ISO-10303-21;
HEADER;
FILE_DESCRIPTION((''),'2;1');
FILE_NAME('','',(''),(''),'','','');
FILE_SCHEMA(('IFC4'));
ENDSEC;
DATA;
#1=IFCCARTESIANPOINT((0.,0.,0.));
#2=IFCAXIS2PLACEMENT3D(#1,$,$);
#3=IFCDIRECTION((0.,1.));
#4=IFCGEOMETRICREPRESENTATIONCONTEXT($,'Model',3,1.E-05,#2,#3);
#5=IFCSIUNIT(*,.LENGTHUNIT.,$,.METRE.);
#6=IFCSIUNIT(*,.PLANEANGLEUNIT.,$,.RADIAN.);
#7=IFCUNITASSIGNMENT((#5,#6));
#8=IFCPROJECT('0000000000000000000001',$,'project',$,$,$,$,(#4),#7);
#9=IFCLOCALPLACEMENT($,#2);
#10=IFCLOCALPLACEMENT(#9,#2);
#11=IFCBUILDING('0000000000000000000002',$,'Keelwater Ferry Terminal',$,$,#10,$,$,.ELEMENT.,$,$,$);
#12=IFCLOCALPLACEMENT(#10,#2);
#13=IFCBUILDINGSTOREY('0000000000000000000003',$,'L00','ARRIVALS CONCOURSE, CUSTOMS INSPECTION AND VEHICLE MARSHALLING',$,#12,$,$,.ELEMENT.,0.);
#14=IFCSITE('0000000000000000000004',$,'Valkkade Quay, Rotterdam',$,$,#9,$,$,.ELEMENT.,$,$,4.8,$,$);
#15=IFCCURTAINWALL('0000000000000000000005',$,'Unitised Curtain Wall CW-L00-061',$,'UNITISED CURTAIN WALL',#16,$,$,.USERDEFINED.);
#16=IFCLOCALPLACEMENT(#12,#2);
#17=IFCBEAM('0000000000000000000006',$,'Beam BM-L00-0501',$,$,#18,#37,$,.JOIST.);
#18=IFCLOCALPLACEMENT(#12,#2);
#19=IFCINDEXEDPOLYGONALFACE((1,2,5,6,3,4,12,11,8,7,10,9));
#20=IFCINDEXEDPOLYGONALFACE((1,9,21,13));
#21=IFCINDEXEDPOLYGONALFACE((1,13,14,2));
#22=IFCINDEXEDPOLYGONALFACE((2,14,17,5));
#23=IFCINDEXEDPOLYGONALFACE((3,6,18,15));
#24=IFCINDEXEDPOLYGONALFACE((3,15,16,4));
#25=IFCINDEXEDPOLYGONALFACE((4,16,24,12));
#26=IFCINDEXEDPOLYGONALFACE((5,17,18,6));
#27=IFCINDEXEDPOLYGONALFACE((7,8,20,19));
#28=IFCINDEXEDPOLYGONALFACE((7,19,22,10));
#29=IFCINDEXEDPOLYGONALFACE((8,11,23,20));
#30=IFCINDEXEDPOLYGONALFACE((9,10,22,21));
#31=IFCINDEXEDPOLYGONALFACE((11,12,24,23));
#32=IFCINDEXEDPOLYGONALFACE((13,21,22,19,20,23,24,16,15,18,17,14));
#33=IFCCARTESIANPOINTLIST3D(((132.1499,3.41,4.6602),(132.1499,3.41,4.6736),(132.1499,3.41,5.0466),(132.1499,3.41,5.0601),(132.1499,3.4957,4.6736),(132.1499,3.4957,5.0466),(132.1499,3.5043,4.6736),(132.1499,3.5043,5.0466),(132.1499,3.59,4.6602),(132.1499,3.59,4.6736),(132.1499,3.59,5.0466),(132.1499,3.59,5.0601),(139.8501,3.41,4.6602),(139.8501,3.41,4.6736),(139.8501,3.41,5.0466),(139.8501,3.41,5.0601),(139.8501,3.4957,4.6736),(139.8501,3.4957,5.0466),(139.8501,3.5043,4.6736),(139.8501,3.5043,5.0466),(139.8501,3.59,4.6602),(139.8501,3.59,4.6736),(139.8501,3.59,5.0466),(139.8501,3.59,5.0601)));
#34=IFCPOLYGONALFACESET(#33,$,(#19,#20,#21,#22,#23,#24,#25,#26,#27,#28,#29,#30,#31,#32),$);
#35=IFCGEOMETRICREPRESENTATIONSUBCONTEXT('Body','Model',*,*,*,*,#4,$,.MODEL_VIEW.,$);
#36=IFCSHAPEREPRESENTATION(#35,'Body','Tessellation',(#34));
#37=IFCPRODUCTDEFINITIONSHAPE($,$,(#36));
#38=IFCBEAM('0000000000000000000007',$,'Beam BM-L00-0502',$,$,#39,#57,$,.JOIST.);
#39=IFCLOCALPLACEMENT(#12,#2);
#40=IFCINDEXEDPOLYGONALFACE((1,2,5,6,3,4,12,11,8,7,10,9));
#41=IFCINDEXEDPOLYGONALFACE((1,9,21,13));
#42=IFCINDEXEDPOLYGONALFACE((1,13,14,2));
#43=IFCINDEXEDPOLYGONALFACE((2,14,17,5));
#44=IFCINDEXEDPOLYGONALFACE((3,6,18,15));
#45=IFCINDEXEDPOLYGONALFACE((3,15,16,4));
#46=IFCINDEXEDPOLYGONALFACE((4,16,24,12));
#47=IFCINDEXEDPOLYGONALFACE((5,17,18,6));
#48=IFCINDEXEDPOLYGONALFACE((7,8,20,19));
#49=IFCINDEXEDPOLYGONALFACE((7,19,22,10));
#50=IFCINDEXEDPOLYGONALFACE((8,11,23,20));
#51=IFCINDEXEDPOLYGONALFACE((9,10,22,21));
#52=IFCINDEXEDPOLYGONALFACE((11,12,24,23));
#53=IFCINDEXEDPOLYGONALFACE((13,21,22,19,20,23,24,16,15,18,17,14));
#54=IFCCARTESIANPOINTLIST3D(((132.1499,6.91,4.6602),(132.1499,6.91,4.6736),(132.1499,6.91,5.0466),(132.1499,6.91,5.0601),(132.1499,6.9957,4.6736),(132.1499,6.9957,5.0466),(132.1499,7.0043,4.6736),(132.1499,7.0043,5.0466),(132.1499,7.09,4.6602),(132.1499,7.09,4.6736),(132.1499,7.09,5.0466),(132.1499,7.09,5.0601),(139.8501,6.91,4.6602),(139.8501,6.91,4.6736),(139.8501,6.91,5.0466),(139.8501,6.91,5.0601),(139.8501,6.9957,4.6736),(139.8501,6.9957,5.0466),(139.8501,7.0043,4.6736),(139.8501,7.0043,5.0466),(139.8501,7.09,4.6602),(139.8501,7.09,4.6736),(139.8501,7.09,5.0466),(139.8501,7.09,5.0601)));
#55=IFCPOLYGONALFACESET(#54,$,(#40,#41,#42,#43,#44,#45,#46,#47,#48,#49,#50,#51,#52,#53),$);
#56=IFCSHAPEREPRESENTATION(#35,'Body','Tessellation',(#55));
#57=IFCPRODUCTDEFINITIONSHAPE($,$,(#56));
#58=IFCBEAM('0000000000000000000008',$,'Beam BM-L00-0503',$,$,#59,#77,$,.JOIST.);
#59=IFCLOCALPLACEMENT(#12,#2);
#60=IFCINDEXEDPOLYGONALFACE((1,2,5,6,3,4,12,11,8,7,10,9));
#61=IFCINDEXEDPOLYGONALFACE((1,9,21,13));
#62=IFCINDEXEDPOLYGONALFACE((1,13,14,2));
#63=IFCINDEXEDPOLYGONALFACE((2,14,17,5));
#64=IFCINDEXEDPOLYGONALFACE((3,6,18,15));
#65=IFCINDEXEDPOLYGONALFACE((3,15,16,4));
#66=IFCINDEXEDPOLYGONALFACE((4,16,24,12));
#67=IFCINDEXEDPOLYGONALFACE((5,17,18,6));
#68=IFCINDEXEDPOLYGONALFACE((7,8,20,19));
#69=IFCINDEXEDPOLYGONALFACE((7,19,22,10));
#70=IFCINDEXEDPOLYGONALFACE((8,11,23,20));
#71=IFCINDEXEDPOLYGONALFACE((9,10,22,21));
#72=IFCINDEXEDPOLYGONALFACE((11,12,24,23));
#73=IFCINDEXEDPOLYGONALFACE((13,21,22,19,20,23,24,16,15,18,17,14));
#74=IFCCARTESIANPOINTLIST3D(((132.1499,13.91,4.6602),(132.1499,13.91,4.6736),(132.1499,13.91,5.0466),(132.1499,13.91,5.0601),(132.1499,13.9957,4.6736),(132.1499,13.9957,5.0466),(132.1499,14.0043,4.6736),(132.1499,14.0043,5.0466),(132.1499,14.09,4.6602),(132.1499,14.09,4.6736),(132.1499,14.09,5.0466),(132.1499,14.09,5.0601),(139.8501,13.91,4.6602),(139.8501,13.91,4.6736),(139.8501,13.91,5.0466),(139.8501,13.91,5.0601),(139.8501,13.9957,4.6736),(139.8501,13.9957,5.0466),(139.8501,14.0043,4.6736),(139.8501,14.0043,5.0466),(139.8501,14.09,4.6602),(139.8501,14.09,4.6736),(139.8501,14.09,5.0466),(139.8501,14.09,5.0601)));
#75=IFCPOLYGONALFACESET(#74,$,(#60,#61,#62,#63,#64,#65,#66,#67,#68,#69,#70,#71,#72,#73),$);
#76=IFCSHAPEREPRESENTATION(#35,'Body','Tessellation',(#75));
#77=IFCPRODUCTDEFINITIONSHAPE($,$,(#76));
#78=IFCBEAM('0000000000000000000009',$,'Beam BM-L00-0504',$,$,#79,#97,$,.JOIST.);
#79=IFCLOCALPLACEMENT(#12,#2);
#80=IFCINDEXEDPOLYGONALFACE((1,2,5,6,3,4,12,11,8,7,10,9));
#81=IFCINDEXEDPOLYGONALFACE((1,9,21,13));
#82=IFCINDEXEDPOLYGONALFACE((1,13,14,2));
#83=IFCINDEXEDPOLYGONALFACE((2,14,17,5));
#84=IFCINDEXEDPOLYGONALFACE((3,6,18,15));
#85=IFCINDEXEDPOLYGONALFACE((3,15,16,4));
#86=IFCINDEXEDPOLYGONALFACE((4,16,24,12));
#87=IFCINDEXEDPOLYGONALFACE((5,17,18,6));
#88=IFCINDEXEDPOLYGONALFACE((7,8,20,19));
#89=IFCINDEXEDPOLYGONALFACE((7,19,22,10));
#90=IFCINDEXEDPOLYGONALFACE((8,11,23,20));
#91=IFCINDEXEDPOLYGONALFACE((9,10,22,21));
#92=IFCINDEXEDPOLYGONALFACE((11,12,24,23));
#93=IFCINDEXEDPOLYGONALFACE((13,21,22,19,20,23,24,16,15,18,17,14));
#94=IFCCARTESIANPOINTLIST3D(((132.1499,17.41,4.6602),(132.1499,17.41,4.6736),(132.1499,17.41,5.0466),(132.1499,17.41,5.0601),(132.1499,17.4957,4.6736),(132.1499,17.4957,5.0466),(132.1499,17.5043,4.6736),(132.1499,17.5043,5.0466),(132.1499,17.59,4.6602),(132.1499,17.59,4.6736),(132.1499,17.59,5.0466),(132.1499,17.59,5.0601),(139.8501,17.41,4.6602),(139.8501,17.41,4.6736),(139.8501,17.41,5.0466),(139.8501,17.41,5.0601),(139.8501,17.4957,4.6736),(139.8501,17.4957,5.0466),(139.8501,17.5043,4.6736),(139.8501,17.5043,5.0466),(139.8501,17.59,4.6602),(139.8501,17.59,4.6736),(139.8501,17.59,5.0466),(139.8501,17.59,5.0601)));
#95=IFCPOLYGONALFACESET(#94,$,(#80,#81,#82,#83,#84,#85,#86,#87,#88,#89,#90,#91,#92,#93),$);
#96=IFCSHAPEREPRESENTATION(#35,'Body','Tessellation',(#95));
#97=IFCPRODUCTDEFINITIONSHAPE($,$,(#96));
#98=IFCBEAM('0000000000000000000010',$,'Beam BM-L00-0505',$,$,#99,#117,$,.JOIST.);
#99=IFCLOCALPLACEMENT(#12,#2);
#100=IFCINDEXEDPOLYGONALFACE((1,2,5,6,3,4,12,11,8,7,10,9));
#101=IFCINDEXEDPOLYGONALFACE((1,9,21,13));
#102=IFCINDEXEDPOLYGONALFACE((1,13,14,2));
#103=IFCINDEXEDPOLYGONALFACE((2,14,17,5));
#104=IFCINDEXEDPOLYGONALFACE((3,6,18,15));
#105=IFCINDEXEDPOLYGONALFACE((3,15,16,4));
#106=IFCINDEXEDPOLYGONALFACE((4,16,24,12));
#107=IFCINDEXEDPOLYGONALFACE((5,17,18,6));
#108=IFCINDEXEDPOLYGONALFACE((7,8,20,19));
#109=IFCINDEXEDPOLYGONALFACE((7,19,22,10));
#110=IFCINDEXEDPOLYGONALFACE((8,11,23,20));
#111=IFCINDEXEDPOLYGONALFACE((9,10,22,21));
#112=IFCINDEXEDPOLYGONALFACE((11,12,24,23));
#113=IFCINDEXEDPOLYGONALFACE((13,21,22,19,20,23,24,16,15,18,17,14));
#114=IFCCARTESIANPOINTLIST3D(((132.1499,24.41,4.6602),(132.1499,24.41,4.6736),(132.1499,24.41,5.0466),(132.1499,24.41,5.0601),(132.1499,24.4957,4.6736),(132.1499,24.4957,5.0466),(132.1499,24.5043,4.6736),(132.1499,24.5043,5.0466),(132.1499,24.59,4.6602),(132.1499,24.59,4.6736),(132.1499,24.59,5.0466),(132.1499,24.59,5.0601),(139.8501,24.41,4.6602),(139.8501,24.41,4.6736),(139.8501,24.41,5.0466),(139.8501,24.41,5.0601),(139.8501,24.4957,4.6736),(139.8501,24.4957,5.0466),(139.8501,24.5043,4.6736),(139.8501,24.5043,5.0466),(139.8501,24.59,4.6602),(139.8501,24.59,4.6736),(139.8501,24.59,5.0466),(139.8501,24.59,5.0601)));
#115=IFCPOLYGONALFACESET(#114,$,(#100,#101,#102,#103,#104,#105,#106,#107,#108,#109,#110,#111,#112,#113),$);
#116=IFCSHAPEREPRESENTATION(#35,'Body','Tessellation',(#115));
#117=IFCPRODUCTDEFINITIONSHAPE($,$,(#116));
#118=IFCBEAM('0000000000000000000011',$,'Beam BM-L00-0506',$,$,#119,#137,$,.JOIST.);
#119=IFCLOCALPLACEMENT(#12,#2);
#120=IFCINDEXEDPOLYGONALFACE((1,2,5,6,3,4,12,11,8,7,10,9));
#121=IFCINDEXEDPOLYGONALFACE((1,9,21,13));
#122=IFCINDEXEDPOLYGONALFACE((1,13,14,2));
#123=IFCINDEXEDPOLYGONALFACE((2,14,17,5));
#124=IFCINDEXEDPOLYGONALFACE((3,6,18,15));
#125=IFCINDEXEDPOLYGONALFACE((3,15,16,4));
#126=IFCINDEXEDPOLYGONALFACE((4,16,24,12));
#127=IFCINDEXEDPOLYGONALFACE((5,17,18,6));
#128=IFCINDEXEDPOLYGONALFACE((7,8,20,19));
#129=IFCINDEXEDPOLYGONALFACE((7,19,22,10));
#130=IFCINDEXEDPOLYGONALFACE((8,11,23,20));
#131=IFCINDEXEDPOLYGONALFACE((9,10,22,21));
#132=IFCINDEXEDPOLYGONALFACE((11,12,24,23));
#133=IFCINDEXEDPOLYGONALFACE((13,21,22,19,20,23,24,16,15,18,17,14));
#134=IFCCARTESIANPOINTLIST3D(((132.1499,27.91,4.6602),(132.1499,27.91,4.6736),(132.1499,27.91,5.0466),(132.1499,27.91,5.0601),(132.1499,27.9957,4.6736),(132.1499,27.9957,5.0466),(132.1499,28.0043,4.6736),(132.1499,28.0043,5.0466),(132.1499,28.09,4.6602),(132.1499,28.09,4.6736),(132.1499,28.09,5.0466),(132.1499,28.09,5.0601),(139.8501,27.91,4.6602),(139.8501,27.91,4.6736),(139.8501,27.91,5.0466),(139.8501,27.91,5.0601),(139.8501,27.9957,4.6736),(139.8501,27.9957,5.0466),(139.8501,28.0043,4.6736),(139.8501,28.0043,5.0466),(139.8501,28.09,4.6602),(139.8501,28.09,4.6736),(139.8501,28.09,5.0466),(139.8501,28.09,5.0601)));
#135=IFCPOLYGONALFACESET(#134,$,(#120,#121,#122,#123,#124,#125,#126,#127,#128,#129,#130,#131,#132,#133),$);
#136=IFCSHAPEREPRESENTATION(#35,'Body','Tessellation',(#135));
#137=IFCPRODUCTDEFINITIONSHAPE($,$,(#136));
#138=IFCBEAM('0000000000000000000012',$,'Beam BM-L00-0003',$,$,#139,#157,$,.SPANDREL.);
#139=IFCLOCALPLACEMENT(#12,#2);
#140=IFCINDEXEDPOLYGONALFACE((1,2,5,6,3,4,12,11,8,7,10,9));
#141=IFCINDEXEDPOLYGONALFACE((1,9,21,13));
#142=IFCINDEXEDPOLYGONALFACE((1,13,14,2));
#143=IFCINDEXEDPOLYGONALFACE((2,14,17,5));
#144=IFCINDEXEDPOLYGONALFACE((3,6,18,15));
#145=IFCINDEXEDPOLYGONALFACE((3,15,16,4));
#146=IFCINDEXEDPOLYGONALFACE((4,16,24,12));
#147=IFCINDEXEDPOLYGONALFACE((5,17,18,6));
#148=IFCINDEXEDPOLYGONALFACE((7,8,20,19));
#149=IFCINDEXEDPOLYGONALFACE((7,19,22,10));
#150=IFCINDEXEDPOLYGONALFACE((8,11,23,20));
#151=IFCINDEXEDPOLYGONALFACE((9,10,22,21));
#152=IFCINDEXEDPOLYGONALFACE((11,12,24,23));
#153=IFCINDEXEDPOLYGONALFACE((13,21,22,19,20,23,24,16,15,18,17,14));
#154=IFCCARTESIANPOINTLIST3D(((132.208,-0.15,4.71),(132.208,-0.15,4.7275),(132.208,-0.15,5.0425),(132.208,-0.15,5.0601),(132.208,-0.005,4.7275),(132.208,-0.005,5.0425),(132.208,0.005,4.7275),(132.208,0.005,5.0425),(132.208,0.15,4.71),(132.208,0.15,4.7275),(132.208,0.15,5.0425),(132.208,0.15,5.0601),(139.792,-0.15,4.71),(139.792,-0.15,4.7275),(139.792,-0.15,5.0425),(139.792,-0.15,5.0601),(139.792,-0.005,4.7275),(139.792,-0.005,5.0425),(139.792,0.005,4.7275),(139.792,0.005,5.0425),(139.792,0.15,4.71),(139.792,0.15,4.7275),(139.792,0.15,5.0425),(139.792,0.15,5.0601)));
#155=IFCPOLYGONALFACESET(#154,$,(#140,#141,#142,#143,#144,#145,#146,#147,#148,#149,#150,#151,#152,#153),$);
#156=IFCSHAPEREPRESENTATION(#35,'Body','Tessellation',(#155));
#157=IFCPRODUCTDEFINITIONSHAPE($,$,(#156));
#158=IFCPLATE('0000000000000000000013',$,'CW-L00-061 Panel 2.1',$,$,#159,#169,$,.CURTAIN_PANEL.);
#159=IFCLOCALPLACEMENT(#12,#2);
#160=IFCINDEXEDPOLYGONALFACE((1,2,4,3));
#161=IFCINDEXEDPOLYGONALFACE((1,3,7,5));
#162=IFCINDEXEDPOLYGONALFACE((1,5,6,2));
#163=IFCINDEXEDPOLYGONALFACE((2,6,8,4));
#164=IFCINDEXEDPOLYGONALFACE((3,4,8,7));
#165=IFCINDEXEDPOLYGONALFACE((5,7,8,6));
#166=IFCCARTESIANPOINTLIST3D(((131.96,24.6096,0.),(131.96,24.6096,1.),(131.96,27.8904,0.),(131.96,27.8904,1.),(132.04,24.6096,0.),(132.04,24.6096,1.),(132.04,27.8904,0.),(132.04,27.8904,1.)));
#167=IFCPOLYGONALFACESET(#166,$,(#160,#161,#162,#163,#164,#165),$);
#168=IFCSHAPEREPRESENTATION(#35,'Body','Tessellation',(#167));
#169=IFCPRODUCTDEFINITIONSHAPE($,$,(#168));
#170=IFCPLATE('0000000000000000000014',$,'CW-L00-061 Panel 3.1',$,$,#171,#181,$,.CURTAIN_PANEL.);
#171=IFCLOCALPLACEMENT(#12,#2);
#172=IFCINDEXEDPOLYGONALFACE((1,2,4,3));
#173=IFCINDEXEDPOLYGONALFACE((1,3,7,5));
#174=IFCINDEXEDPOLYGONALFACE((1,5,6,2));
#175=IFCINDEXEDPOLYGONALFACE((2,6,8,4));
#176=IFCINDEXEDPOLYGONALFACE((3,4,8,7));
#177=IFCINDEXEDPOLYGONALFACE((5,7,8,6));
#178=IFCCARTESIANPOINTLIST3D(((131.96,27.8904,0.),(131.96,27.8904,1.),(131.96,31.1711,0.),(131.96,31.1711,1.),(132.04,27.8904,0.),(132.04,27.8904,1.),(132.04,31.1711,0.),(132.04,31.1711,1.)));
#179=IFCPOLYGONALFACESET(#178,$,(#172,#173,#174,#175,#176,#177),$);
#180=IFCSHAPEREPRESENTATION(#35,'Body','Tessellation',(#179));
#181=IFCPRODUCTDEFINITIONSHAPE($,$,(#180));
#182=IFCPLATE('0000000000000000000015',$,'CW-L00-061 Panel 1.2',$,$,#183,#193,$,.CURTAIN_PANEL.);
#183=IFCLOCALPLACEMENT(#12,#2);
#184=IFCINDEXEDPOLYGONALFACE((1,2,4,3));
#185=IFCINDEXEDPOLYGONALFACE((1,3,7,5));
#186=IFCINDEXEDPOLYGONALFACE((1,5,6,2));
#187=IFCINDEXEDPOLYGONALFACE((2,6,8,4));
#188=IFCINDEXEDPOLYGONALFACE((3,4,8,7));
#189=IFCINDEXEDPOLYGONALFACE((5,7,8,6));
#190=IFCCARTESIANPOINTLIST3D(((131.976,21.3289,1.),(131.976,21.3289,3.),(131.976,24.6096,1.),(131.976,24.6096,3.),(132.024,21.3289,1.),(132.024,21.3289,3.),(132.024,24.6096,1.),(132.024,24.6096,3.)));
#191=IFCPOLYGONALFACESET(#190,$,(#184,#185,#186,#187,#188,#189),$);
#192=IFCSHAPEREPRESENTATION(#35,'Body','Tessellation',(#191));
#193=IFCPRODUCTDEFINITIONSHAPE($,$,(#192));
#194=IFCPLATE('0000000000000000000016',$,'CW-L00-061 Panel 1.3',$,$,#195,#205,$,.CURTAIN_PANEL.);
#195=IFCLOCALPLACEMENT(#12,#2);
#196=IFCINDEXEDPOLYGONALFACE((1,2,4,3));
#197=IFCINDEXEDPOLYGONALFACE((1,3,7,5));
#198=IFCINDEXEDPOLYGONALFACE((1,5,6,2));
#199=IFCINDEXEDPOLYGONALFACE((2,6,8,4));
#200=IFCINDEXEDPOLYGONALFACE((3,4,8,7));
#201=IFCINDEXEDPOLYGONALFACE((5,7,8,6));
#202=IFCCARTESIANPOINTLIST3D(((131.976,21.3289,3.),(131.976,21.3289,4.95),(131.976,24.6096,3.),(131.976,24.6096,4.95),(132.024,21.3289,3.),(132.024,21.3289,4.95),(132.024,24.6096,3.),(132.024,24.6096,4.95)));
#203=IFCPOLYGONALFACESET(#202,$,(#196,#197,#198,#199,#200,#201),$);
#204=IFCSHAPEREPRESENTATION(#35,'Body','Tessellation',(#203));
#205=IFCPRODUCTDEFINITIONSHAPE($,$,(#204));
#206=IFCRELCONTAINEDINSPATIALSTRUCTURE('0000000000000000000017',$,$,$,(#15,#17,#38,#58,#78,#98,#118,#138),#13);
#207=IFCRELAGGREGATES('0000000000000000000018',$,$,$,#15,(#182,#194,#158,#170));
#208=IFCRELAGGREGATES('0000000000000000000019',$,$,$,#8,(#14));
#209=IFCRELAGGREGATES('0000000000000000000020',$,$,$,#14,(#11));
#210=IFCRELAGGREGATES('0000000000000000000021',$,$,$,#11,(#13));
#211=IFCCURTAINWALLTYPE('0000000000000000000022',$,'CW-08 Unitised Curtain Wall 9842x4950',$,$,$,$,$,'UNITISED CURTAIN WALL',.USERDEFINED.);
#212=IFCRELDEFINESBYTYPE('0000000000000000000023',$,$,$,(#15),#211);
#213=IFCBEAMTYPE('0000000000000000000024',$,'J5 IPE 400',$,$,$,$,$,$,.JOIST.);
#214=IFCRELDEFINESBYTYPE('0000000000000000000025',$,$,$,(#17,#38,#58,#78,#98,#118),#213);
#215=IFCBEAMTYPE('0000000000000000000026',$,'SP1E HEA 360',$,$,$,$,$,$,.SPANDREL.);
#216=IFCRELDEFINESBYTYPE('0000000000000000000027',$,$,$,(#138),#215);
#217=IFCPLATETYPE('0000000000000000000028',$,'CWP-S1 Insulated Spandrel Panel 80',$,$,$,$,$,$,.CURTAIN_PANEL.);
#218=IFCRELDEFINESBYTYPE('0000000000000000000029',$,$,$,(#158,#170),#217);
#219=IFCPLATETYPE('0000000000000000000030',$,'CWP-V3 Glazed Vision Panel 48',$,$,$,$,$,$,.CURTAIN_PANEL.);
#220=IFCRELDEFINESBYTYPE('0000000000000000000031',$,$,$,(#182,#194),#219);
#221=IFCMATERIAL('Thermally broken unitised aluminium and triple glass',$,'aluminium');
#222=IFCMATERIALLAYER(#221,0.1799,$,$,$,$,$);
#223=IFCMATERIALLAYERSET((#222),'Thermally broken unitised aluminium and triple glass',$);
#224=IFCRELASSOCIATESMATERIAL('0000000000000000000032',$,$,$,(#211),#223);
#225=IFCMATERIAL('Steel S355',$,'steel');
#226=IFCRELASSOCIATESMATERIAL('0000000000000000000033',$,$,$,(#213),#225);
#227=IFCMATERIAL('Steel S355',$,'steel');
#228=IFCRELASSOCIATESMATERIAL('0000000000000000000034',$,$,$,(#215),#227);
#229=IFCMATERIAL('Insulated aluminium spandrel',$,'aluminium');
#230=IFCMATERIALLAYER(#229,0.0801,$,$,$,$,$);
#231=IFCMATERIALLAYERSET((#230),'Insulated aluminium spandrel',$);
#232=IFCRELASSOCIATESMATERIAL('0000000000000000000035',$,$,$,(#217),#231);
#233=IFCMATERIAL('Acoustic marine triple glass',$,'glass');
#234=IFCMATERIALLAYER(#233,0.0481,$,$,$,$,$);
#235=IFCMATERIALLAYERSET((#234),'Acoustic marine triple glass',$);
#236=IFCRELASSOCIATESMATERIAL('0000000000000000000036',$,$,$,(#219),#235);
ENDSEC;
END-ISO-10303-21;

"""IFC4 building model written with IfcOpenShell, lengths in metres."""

from ifc_helpers import new_model, si_unit, direction, frame, origin, origin_2d, place, context, subcontext, project, spatial, rectangle, i_section, extrude, material, layer, layer_set, material_profile, profile_set, type_object, element, aggregate, save


model = new_model("IFC4")

# Units and contexts
model_context = context("Model", 3, precision=1e-05, world=origin(), true_north=direction((0.0, 1.0)))
body_context = subcontext(model_context, "Body", "Model", "MODEL_VIEW")
ifc_project = project(units=[si_unit("LENGTHUNIT", "METRE"), si_unit("PLANEANGLEUNIT", "RADIAN")], contexts=[model_context])

# Site, building, storey
site_placement = place(None, origin())
site = spatial("IfcSite", under=ifc_project, at=site_placement, Name="Valkkade Quay, Rotterdam", CompositionType="ELEMENT", RefElevation=4.8)
building_placement = place(site_placement, origin())
building = spatial("IfcBuilding", under=site, at=building_placement, Name="Keelwater Ferry Terminal", CompositionType="ELEMENT")
storey_placement = place(building_placement, origin())
storey = spatial("IfcBuildingStorey", under=building, at=storey_placement, Name="L00", Description="ARRIVALS CONCOURSE, CUSTOMS INSPECTION AND VEHICLE MARSHALLING", CompositionType="ELEMENT", Elevation=0.0)

# Curtain wall
ifc_material_1 = material(Name="Thermally broken unitised aluminium and triple glass", Category="aluminium")
ifc_layer_1 = layer(ifc_material_1, 0.1799)
ifc_layer_set_1 = layer_set([ifc_layer_1], Name="Thermally broken unitised aluminium and triple glass")
curtain_wall_type = type_object("IfcCurtainWallType", Name="CW-08 Unitised Curtain Wall 9842x4950", ElementType="UNITISED CURTAIN WALL", PredefinedType="USERDEFINED", material=ifc_layer_set_1)
curtain_wall_placement = place(storey_placement, origin())
curtain_wall = element("IfcCurtainWall", 1, at=curtain_wall_placement, inside=storey, type_object=curtain_wall_type, Name="Unitised Curtain Wall CW-L00-061", ObjectType="UNITISED CURTAIN WALL", PredefinedType="USERDEFINED")

# Beams
ifc_material_2 = material(Name="Steel S355", Category="steel")
ifc_material_profile_1 = material_profile(ifc_material_2, i_section(OverallWidth=0.1799, OverallDepth=0.3999, WebThickness=0.0085, FlangeThickness=0.0134, at=origin_2d()), Name="IPE 400")
ifc_profile_set_1 = profile_set([ifc_material_profile_1], Name="Steel S355")
beam_type_1 = type_object("IfcBeamType", Name="J5 IPE 400", PredefinedType="JOIST", material=ifc_profile_set_1)
for number, where, z_axis, x_axis, name in (
    (2, (132.1499, 3.5, 4.8601), (1.0, 0.0, 0.0), (0.0, 1.0, 0.0), "Beam BM-L00-0501"),
    (3, (132.1499, 7.0, 4.8601), (1.0, 0.0, 0.0), (0.0, 1.0, 0.0), "Beam BM-L00-0502"),
    (4, (132.1499, 14.0, 4.8601), (1.0, 0.0, 0.0), (0.0, 1.0, 0.0), "Beam BM-L00-0503"),
    (5, (132.1499, 17.5, 4.8601), (1.0, 0.0, 0.0), (0.0, 1.0, 0.0), "Beam BM-L00-0504"),
    (6, (132.1499, 24.5, 4.8601), (1.0, 0.0, 0.0), (0.0, 1.0, 0.0), "Beam BM-L00-0505"),
    (7, (132.1499, 28.0, 4.8601), (1.0, 0.0, 0.0), (0.0, 1.0, 0.0), "Beam BM-L00-0506"),
):
    element("IfcBeam", number, at=place(storey_placement, frame(where, z_axis=z_axis, x_axis=x_axis)), inside=storey, type_object=beam_type_1, Name=name, PredefinedType="JOIST", context=body_context, shape_type="SweptSolid", body=[
        extrude(i_section(OverallWidth=0.1799, OverallDepth=0.3999, WebThickness=0.0085, FlangeThickness=0.0134, at=origin_2d()), origin(), (0.0, 0.0, 1.0), 7.7002),
    ])
ifc_material_3 = material(Name="Steel S355", Category="steel")
ifc_material_profile_2 = material_profile(ifc_material_3, i_section(OverallWidth=0.3, OverallDepth=0.3501, WebThickness=0.01, FlangeThickness=0.0176, at=origin_2d()), Name="HEA 360")
ifc_profile_set_2 = profile_set([ifc_material_profile_2], Name="Steel S355")
beam_type_2 = type_object("IfcBeamType", Name="SP1E HEA 360", PredefinedType="SPANDREL", material=ifc_profile_set_2)
beam_placement = place(storey_placement, frame((132.208, 0.0, 4.885), z_axis=(1.0, 0.0, 0.0), x_axis=(0.0, 1.0, 0.0)))
element("IfcBeam", 8, at=beam_placement, inside=storey, type_object=beam_type_2, Name="Beam BM-L00-0003", PredefinedType="SPANDREL", context=body_context, shape_type="SweptSolid", body=[
    extrude(i_section(OverallWidth=0.3, OverallDepth=0.3501, WebThickness=0.01, FlangeThickness=0.0176, at=origin_2d()), origin(), (0.0, 0.0, 1.0), 7.584),
])

# Plates
ifc_material_4 = material(Name="Insulated aluminium spandrel", Category="aluminium")
ifc_layer_2 = layer(ifc_material_4, 0.0801)
ifc_layer_set_2 = layer_set([ifc_layer_2], Name="Insulated aluminium spandrel")
plate_type_1 = type_object("IfcPlateType", Name="CWP-S1 Insulated Spandrel Panel 80", PredefinedType="CURTAIN_PANEL", material=ifc_layer_set_2)
plate_1_placement = place(storey_placement, frame((132.0, 26.25, 0.0), z_axis=(0.0, 0.0, 1.0), x_axis=(0.0, 1.0, 0.0)))
plate_1 = element("IfcPlate", 9, at=plate_1_placement, type_object=plate_type_1, Name="CW-L00-061 Panel 2.1", PredefinedType="CURTAIN_PANEL", context=body_context, shape_type="SweptSolid", body=[
    extrude(rectangle(XDim=3.2808, YDim=0.0801, at=origin_2d()), origin(), (0.0, 0.0, 1.0), 1.0),
])
plate_2_placement = place(storey_placement, frame((132.0, 29.5308, 0.0), z_axis=(0.0, 0.0, 1.0), x_axis=(0.0, 1.0, 0.0)))
plate_2 = element("IfcPlate", 10, at=plate_2_placement, type_object=plate_type_1, Name="CW-L00-061 Panel 3.1", PredefinedType="CURTAIN_PANEL", context=body_context, shape_type="SweptSolid", body=[
    extrude(rectangle(XDim=3.2808, YDim=0.0801, at=origin_2d()), origin(), (0.0, 0.0, 1.0), 1.0),
])
ifc_material_5 = material(Name="Acoustic marine triple glass", Category="glass")
ifc_layer_3 = layer(ifc_material_5, 0.0481)
ifc_layer_set_3 = layer_set([ifc_layer_3], Name="Acoustic marine triple glass")
plate_type_2 = type_object("IfcPlateType", Name="CWP-V3 Glazed Vision Panel 48", PredefinedType="CURTAIN_PANEL", material=ifc_layer_set_3)
plate_3_placement = place(storey_placement, frame((132.0, 22.9692, 1.0), z_axis=(0.0, 0.0, 1.0), x_axis=(0.0, 1.0, 0.0)))
plate_3 = element("IfcPlate", 11, at=plate_3_placement, type_object=plate_type_2, Name="CW-L00-061 Panel 1.2", PredefinedType="CURTAIN_PANEL", context=body_context, shape_type="SweptSolid", body=[
    extrude(rectangle(XDim=3.2808, YDim=0.0481, at=origin_2d()), origin(), (0.0, 0.0, 1.0), 2.0),
])
plate_4_placement = place(storey_placement, frame((132.0, 22.9692, 3.0), z_axis=(0.0, 0.0, 1.0), x_axis=(0.0, 1.0, 0.0)))
plate_4 = element("IfcPlate", 12, at=plate_4_placement, type_object=plate_type_2, Name="CW-L00-061 Panel 1.3", PredefinedType="CURTAIN_PANEL", context=body_context, shape_type="SweptSolid", body=[
    extrude(rectangle(XDim=3.2808, YDim=0.0481, at=origin_2d()), origin(), (0.0, 0.0, 1.0), 1.95),
])
aggregate(curtain_wall, [plate_3, plate_4, plate_1, plate_2])

save(model, "model.ifc")
